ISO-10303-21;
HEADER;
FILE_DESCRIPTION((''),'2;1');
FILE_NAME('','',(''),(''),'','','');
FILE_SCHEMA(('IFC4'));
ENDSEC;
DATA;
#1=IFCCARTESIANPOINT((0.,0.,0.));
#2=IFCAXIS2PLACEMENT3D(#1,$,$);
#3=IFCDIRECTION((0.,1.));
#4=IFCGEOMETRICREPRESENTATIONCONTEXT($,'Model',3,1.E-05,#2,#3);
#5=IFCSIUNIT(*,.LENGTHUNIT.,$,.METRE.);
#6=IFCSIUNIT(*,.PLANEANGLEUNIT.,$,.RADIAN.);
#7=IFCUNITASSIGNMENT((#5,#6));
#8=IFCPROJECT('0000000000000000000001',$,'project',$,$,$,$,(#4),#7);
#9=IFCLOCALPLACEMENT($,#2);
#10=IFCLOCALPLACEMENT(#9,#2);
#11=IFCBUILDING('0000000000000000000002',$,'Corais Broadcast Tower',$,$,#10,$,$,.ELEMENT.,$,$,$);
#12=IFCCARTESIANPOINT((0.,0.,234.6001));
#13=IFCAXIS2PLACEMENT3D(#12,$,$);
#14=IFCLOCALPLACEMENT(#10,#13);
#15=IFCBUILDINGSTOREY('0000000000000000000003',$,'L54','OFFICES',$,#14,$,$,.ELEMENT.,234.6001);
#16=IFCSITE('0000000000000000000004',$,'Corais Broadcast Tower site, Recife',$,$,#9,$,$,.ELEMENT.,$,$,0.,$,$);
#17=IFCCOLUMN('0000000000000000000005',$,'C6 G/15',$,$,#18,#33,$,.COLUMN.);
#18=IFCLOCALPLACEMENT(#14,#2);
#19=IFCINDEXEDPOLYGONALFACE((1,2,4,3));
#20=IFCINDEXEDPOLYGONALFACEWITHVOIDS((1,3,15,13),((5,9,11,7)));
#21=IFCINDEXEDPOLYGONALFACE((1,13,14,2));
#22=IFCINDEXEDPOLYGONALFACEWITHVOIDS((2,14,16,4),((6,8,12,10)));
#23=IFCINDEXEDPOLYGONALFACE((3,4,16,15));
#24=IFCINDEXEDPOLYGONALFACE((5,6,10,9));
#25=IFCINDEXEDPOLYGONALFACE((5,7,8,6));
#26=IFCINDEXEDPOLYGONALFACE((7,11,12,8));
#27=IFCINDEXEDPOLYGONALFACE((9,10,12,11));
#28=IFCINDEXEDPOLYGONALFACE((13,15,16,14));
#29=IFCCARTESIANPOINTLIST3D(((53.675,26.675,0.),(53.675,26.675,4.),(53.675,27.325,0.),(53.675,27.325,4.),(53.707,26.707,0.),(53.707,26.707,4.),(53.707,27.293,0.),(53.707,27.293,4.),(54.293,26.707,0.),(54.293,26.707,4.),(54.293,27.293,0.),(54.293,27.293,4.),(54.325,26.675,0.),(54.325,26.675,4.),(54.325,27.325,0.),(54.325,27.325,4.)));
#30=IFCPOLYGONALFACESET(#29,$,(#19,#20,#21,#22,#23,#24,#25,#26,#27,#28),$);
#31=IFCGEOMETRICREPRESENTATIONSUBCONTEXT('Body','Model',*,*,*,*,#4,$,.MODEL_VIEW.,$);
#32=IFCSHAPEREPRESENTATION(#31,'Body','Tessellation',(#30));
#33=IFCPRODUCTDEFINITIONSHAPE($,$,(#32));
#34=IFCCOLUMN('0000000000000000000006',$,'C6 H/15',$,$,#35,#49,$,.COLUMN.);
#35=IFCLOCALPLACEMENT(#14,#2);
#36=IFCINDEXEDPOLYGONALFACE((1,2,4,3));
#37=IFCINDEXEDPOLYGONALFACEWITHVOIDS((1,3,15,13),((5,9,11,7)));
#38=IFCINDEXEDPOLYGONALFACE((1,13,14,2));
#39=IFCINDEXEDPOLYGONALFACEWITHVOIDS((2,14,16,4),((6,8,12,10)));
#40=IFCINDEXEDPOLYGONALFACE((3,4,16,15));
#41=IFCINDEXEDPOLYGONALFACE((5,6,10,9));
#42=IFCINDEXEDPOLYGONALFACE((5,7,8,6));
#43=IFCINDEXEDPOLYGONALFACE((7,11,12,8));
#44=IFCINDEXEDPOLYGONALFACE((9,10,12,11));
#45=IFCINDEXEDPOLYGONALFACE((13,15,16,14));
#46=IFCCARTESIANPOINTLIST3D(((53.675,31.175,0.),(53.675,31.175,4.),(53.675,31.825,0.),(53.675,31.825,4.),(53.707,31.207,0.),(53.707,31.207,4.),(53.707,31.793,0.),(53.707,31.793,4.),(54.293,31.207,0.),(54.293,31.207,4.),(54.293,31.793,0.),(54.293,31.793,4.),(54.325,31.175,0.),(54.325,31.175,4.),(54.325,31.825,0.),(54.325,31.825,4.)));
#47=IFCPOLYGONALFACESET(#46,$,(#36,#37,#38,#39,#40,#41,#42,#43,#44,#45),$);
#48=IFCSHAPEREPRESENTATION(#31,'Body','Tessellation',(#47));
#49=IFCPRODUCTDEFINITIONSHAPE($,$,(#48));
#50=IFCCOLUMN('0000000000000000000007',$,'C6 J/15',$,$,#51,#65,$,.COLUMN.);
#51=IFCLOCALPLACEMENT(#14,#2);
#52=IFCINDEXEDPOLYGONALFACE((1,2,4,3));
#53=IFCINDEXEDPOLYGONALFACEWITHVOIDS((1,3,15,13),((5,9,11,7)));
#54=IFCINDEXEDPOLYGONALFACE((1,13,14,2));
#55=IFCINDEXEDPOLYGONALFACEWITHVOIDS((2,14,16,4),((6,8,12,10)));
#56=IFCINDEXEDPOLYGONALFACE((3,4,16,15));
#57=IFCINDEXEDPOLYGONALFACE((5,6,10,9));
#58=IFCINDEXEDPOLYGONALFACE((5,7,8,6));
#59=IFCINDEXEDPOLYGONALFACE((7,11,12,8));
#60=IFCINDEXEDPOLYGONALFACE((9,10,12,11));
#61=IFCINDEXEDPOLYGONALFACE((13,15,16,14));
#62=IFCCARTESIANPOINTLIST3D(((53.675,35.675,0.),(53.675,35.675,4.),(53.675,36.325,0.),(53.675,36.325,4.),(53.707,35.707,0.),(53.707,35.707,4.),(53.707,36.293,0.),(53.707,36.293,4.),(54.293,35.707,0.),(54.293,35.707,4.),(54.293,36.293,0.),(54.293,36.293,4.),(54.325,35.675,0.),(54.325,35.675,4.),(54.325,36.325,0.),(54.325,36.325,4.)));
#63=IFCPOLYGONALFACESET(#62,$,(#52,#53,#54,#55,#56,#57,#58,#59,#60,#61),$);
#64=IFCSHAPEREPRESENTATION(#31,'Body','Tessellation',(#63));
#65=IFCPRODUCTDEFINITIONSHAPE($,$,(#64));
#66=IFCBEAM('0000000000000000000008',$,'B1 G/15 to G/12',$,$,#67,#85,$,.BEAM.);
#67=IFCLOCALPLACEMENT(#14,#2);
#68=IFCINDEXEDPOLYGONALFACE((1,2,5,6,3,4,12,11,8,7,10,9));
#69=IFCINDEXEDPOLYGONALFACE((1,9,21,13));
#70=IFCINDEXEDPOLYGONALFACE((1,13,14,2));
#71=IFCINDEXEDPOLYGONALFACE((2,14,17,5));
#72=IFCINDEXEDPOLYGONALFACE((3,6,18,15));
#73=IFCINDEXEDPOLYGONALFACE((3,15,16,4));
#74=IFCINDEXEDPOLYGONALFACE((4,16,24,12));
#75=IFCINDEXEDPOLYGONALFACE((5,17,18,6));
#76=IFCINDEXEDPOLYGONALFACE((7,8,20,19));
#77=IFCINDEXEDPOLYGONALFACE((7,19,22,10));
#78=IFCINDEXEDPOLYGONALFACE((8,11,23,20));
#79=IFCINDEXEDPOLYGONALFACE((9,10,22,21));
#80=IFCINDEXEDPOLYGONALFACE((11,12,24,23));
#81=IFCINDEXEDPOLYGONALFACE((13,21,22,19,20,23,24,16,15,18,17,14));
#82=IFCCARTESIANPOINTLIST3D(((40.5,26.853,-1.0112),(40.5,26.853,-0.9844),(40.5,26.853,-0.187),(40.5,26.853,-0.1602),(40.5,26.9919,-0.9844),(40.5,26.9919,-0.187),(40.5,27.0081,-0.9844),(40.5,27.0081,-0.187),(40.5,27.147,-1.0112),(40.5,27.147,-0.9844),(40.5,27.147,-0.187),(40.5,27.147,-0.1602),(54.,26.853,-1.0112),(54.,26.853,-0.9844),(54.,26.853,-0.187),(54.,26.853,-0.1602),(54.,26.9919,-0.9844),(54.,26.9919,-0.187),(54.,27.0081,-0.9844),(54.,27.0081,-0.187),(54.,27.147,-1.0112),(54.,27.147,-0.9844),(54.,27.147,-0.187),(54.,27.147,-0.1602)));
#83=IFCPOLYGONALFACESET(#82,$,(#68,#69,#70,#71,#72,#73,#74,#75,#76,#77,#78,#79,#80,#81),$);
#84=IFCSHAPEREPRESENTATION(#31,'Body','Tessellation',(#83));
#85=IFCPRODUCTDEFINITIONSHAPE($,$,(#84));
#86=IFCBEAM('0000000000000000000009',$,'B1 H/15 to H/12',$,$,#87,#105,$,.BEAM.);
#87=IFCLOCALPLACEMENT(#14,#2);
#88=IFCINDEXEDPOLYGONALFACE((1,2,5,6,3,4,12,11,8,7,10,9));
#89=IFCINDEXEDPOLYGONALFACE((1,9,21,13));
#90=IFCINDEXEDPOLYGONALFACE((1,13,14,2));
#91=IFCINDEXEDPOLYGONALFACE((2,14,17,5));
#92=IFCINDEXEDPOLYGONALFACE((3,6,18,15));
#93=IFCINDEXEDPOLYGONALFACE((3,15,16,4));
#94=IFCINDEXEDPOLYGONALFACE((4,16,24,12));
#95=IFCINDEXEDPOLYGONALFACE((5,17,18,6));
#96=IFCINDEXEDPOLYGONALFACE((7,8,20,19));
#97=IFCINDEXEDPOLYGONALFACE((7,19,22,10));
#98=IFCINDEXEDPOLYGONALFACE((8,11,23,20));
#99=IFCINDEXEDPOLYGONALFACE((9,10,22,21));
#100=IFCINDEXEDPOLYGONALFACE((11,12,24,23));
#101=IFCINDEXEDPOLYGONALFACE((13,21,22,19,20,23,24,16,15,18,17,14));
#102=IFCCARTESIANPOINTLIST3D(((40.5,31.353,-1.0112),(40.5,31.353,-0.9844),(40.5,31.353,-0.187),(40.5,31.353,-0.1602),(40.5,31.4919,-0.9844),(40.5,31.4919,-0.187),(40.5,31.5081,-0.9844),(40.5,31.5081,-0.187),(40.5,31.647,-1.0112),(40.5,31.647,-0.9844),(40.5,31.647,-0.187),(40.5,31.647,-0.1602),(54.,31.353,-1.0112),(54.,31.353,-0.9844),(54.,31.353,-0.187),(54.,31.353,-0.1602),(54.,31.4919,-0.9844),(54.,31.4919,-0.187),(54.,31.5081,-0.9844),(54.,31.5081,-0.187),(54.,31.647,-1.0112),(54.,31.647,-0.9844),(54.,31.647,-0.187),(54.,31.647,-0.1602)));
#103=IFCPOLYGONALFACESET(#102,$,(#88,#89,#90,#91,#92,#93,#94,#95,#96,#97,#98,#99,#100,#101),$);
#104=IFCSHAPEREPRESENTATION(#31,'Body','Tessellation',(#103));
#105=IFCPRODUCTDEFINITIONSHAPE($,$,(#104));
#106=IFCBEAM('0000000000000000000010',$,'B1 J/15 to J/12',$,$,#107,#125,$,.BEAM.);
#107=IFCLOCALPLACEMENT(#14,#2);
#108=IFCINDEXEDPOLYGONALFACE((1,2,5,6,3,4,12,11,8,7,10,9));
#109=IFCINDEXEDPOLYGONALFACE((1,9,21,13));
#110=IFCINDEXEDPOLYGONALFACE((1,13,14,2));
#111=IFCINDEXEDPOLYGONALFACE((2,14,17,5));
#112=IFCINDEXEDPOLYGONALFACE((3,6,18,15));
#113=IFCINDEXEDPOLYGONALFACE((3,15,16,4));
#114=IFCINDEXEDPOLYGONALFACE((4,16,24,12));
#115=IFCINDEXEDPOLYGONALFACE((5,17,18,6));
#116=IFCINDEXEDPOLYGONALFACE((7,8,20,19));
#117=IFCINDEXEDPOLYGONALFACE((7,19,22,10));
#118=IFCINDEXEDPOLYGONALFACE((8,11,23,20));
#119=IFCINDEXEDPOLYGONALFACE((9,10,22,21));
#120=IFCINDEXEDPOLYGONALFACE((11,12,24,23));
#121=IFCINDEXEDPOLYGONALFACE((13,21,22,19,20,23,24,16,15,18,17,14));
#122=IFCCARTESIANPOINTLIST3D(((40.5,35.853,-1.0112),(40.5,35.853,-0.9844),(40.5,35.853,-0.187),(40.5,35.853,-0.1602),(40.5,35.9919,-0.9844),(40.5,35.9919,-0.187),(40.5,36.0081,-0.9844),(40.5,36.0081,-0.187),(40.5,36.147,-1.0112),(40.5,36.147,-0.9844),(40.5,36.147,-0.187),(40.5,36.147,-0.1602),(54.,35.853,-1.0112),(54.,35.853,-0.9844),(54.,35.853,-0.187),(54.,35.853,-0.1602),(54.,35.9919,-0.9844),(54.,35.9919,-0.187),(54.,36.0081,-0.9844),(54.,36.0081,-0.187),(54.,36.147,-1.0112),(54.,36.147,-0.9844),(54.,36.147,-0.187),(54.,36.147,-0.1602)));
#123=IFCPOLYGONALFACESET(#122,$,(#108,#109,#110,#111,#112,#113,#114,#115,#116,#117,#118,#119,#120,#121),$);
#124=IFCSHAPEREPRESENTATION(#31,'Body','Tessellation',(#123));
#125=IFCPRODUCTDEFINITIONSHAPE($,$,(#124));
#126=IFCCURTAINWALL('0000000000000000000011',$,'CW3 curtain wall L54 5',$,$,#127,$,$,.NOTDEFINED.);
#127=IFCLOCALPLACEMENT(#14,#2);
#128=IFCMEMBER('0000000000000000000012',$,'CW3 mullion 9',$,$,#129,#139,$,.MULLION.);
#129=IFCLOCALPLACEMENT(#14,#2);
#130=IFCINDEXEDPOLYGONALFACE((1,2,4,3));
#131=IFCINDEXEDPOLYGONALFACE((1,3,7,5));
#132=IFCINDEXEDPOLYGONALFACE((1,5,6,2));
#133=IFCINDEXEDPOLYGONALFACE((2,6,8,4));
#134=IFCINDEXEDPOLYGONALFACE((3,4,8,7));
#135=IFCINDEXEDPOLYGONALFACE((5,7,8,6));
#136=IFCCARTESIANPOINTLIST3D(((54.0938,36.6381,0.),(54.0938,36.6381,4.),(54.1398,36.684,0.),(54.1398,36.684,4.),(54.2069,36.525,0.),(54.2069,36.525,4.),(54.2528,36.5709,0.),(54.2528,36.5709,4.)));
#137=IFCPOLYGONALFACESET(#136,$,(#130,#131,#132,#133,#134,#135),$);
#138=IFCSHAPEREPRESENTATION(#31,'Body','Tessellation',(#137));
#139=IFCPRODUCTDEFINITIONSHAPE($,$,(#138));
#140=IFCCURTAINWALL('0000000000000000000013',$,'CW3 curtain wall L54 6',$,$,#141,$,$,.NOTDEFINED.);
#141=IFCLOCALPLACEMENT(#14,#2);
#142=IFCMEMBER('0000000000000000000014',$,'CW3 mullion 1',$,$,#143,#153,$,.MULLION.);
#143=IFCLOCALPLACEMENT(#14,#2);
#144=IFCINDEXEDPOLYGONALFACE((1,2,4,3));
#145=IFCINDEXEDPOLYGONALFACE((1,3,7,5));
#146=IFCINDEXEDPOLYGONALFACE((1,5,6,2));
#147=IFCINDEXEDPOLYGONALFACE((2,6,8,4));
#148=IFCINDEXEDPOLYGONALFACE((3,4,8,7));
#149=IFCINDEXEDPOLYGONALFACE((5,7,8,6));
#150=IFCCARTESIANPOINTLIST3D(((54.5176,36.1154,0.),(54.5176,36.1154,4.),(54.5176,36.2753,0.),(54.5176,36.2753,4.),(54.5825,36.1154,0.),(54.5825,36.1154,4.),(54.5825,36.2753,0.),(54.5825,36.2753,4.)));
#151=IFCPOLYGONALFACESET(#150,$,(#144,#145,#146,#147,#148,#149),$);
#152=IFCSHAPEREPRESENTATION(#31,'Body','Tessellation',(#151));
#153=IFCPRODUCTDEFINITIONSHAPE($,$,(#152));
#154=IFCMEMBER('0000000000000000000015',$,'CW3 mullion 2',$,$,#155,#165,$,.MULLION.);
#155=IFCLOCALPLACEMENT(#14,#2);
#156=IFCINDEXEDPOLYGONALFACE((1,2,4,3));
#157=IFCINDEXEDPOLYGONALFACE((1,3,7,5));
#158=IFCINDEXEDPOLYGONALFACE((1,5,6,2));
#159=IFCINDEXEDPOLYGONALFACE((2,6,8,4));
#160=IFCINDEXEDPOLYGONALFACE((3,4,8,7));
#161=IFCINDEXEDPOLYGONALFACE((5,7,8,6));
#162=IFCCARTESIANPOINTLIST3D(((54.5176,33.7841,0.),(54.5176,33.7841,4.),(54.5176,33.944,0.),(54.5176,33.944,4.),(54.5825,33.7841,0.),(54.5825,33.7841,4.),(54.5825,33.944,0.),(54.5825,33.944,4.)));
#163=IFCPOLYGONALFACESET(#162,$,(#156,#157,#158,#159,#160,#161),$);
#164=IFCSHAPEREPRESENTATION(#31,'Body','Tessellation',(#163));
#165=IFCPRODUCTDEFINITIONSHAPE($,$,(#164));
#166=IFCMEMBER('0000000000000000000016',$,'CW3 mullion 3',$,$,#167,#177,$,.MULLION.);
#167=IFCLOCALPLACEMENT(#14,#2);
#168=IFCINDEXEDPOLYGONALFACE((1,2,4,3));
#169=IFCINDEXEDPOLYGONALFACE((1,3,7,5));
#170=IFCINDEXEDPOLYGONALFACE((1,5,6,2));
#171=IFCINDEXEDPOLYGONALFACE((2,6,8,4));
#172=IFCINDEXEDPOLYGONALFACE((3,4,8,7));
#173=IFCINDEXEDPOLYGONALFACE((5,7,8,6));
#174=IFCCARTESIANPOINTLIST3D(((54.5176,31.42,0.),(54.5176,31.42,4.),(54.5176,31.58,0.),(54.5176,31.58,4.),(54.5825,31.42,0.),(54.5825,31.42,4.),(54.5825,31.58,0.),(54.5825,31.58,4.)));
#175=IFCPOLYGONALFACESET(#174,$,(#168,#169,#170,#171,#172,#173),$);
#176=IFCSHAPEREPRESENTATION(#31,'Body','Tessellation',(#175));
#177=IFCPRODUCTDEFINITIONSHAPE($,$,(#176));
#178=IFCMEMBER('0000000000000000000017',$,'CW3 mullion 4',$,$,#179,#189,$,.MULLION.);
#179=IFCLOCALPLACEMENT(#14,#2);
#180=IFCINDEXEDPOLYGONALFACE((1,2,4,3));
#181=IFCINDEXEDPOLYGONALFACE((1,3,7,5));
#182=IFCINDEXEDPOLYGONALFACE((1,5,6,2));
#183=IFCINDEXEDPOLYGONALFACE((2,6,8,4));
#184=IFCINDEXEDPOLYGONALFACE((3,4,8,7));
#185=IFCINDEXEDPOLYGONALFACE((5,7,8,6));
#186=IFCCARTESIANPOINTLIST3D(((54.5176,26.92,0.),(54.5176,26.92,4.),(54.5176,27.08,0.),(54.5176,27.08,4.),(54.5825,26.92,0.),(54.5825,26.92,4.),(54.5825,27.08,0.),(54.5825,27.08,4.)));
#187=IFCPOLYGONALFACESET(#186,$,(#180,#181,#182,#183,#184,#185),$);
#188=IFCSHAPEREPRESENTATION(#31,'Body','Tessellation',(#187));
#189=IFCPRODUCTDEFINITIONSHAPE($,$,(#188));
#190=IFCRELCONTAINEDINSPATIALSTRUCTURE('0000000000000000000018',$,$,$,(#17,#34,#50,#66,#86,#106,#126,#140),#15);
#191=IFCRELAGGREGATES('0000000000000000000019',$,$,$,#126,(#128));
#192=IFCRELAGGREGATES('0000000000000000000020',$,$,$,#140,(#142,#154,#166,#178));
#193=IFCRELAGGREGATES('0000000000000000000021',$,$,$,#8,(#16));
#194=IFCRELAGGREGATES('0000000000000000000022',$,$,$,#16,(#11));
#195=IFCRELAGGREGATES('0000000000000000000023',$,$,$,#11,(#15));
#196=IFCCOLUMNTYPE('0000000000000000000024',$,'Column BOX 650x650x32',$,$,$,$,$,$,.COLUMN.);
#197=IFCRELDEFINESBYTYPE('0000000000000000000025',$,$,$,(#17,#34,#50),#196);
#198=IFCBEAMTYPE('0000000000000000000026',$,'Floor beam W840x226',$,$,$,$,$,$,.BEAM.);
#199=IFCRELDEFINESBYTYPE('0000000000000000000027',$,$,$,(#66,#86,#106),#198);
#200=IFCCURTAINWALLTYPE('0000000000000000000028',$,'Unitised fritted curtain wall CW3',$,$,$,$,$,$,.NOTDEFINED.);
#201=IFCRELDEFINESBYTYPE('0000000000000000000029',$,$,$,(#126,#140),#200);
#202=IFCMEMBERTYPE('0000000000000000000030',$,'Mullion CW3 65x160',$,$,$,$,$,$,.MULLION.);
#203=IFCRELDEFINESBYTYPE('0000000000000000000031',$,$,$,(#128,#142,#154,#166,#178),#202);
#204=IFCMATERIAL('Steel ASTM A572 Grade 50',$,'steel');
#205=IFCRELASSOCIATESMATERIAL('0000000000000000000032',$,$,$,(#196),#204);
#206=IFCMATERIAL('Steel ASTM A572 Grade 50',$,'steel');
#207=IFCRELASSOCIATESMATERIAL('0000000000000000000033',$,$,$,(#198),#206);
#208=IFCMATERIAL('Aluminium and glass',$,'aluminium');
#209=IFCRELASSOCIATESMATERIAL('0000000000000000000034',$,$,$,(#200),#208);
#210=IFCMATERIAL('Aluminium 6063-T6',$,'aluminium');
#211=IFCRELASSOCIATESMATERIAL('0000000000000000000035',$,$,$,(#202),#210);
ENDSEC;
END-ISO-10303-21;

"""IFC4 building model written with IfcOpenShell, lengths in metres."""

from ifc_helpers import new_model, si_unit, direction, frame, origin, origin_2d, place, context, subcontext, project, spatial, rectangle, hollow_rectangle, i_section, extrude, material, material_profile, profile_set, type_object, element, aggregate, save


model = new_model("IFC4")

# Units and contexts
model_context = context("Model", 3, precision=1e-05, world=origin(), true_north=direction((0.0, 1.0)))
body_context = subcontext(model_context, "Body", "Model", "MODEL_VIEW")
ifc_project = project(units=[si_unit("LENGTHUNIT", "METRE"), si_unit("PLANEANGLEUNIT", "RADIAN")], contexts=[model_context])

# Site, building, storey
site_placement = place(None, origin())
site = spatial("IfcSite", under=ifc_project, at=site_placement, Name="Corais Broadcast Tower site, Recife", CompositionType="ELEMENT", RefElevation=0.0)
building_placement = place(site_placement, origin())
building = spatial("IfcBuilding", under=site, at=building_placement, Name="Corais Broadcast Tower", CompositionType="ELEMENT")
storey_placement = place(building_placement, frame((0.0, 0.0, 234.6001)))
storey = spatial("IfcBuildingStorey", under=building, at=storey_placement, Name="L54", Description="OFFICES", CompositionType="ELEMENT", Elevation=234.6001)

# Columns
ifc_material_1 = material(Name="Steel ASTM A572 Grade 50", Category="steel")
ifc_material_profile_1 = material_profile(ifc_material_1, hollow_rectangle(XDim=0.6499, YDim=0.6499, WallThickness=0.032, at=origin_2d()), Name="BOX 650x650x32")
ifc_profile_set_1 = profile_set([ifc_material_profile_1], Name="Steel ASTM A572 Grade 50")
column_type = type_object("IfcColumnType", Name="Column BOX 650x650x32", PredefinedType="COLUMN", material=ifc_profile_set_1)
for number, where, z_axis, x_axis, name in (
    (1, (54.0, 27.0, 0.0), (0.0, 0.0, 1.0), (1.0, 0.0, 0.0), "C6 G/15"),
    (2, (54.0, 31.5, 0.0), (0.0, 0.0, 1.0), (1.0, 0.0, 0.0), "C6 H/15"),
    (3, (54.0, 36.0, 0.0), (0.0, 0.0, 1.0), (1.0, 0.0, 0.0), "C6 J/15"),
):
    element("IfcColumn", number, at=place(storey_placement, frame(where, z_axis=z_axis, x_axis=x_axis)), inside=storey, type_object=column_type, Name=name, PredefinedType="COLUMN", context=body_context, shape_type="SweptSolid", body=[
        extrude(hollow_rectangle(XDim=0.6499, YDim=0.6499, WallThickness=0.032, at=origin_2d()), origin(), (0.0, 0.0, 1.0), 4.0),
    ])

# Beams
ifc_material_2 = material(Name="Steel ASTM A572 Grade 50", Category="steel")
ifc_material_profile_2 = material_profile(ifc_material_2, i_section(OverallWidth=0.2939, OverallDepth=0.8511, WebThickness=0.0161, FlangeThickness=0.0269, at=origin_2d()), Name="W840x226")
ifc_profile_set_2 = profile_set([ifc_material_profile_2], Name="Steel ASTM A572 Grade 50")
beam_type_1 = type_object("IfcBeamType", Name="Floor beam W840x226", PredefinedType="BEAM", material=ifc_profile_set_2)
for number, where, z_axis, x_axis, name in (
    (4, (54.0, 27.0, -0.5857), (-1.0, 0.0, 0.0), (0.0, -1.0, 0.0), "B1 G/15 to G/12"),
    (5, (54.0, 31.5, -0.5857), (-1.0, 0.0, 0.0), (0.0, -1.0, 0.0), "B1 H/15 to H/12"),
    (6, (54.0, 36.0, -0.5857), (-1.0, 0.0, 0.0), (0.0, -1.0, 0.0), "B1 J/15 to J/12"),
):
    element("IfcBeam", number, at=place(storey_placement, frame(where, z_axis=z_axis, x_axis=x_axis)), inside=storey, type_object=beam_type_1, Name=name, PredefinedType="BEAM", context=body_context, shape_type="SweptSolid", body=[
        extrude(i_section(OverallWidth=0.2939, OverallDepth=0.8511, WebThickness=0.0161, FlangeThickness=0.0269, at=origin_2d()), origin(), (0.0, 0.0, 1.0), 13.5),
    ])

# Curtain wall, member
ifc_material_3 = material(Name="Aluminium and glass", Category="aluminium")
curtain_wall_type = type_object("IfcCurtainWallType", Name="Unitised fritted curtain wall CW3", PredefinedType="NOTDEFINED", material=ifc_material_3)
curtain_wall_1_placement = place(storey_placement, origin())
curtain_wall_1 = element("IfcCurtainWall", 7, at=curtain_wall_1_placement, inside=storey, type_object=curtain_wall_type, Name="CW3 curtain wall L54 5", PredefinedType="NOTDEFINED")
ifc_material_4 = material(Name="Aluminium 6063-T6", Category="aluminium")
ifc_material_profile_3 = material_profile(ifc_material_4, rectangle(XDim=0.0649, YDim=0.1599, at=origin_2d()), Name="Mullion CW3 65x160")
ifc_profile_set_3 = profile_set([ifc_material_profile_3], Name="Aluminium 6063-T6")
member_type_1 = type_object("IfcMemberType", Name="Mullion CW3 65x160", PredefinedType="MULLION", material=ifc_profile_set_3)
member_1_placement = place(storey_placement, frame((54.1733, 36.6045, 0.0), z_axis=(0.0, 0.0, 1.0), x_axis=(0.707107, 0.707107, 0.0)))
member_1 = element("IfcMember", 8, at=member_1_placement, type_object=member_type_1, Name="CW3 mullion 9", PredefinedType="MULLION", context=body_context, shape_type="SweptSolid", body=[
    extrude(rectangle(XDim=0.0649, YDim=0.1599, at=origin_2d()), origin(), (0.0, 0.0, 1.0), 4.0),
])

# Curtain wall, members
curtain_wall_2_placement = place(storey_placement, origin())
curtain_wall_2 = element("IfcCurtainWall", 9, at=curtain_wall_2_placement, inside=storey, type_object=curtain_wall_type, Name="CW3 curtain wall L54 6", PredefinedType="NOTDEFINED")
member_2_placement = place(storey_placement, frame((54.55, 36.1953, 0.0), z_axis=(0.0, 0.0, 1.0), x_axis=(1.0, 0.0, 0.0)))
member_2 = element("IfcMember", 10, at=member_2_placement, type_object=member_type_1, Name="CW3 mullion 1", PredefinedType="MULLION", context=body_context, shape_type="SweptSolid", body=[
    extrude(rectangle(XDim=0.0649, YDim=0.1599, at=origin_2d()), origin(), (0.0, 0.0, 1.0), 4.0),
])
member_3_placement = place(storey_placement, frame((54.55, 33.864, 0.0), z_axis=(0.0, 0.0, 1.0), x_axis=(1.0, 0.0, 0.0)))
member_3 = element("IfcMember", 11, at=member_3_placement, type_object=member_type_1, Name="CW3 mullion 2", PredefinedType="MULLION", context=body_context, shape_type="SweptSolid", body=[
    extrude(rectangle(XDim=0.0649, YDim=0.1599, at=origin_2d()), origin(), (0.0, 0.0, 1.0), 4.0),
])
member_4_placement = place(storey_placement, frame((54.55, 31.5, 0.0), z_axis=(0.0, 0.0, 1.0), x_axis=(1.0, 0.0, 0.0)))
member_4 = element("IfcMember", 12, at=member_4_placement, type_object=member_type_1, Name="CW3 mullion 3", PredefinedType="MULLION", context=body_context, shape_type="SweptSolid", body=[
    extrude(rectangle(XDim=0.0649, YDim=0.1599, at=origin_2d()), origin(), (0.0, 0.0, 1.0), 4.0),
])
member_5_placement = place(storey_placement, frame((54.55, 27.0, 0.0), z_axis=(0.0, 0.0, 1.0), x_axis=(1.0, 0.0, 0.0)))
member_5 = element("IfcMember", 13, at=member_5_placement, type_object=member_type_1, Name="CW3 mullion 4", PredefinedType="MULLION", context=body_context, shape_type="SweptSolid", body=[
    extrude(rectangle(XDim=0.0649, YDim=0.1599, at=origin_2d()), origin(), (0.0, 0.0, 1.0), 4.0),
])

aggregate(curtain_wall_1, [member_1])
aggregate(curtain_wall_2, [member_2, member_3, member_4, member_5])

save(model, "model.ifc")
